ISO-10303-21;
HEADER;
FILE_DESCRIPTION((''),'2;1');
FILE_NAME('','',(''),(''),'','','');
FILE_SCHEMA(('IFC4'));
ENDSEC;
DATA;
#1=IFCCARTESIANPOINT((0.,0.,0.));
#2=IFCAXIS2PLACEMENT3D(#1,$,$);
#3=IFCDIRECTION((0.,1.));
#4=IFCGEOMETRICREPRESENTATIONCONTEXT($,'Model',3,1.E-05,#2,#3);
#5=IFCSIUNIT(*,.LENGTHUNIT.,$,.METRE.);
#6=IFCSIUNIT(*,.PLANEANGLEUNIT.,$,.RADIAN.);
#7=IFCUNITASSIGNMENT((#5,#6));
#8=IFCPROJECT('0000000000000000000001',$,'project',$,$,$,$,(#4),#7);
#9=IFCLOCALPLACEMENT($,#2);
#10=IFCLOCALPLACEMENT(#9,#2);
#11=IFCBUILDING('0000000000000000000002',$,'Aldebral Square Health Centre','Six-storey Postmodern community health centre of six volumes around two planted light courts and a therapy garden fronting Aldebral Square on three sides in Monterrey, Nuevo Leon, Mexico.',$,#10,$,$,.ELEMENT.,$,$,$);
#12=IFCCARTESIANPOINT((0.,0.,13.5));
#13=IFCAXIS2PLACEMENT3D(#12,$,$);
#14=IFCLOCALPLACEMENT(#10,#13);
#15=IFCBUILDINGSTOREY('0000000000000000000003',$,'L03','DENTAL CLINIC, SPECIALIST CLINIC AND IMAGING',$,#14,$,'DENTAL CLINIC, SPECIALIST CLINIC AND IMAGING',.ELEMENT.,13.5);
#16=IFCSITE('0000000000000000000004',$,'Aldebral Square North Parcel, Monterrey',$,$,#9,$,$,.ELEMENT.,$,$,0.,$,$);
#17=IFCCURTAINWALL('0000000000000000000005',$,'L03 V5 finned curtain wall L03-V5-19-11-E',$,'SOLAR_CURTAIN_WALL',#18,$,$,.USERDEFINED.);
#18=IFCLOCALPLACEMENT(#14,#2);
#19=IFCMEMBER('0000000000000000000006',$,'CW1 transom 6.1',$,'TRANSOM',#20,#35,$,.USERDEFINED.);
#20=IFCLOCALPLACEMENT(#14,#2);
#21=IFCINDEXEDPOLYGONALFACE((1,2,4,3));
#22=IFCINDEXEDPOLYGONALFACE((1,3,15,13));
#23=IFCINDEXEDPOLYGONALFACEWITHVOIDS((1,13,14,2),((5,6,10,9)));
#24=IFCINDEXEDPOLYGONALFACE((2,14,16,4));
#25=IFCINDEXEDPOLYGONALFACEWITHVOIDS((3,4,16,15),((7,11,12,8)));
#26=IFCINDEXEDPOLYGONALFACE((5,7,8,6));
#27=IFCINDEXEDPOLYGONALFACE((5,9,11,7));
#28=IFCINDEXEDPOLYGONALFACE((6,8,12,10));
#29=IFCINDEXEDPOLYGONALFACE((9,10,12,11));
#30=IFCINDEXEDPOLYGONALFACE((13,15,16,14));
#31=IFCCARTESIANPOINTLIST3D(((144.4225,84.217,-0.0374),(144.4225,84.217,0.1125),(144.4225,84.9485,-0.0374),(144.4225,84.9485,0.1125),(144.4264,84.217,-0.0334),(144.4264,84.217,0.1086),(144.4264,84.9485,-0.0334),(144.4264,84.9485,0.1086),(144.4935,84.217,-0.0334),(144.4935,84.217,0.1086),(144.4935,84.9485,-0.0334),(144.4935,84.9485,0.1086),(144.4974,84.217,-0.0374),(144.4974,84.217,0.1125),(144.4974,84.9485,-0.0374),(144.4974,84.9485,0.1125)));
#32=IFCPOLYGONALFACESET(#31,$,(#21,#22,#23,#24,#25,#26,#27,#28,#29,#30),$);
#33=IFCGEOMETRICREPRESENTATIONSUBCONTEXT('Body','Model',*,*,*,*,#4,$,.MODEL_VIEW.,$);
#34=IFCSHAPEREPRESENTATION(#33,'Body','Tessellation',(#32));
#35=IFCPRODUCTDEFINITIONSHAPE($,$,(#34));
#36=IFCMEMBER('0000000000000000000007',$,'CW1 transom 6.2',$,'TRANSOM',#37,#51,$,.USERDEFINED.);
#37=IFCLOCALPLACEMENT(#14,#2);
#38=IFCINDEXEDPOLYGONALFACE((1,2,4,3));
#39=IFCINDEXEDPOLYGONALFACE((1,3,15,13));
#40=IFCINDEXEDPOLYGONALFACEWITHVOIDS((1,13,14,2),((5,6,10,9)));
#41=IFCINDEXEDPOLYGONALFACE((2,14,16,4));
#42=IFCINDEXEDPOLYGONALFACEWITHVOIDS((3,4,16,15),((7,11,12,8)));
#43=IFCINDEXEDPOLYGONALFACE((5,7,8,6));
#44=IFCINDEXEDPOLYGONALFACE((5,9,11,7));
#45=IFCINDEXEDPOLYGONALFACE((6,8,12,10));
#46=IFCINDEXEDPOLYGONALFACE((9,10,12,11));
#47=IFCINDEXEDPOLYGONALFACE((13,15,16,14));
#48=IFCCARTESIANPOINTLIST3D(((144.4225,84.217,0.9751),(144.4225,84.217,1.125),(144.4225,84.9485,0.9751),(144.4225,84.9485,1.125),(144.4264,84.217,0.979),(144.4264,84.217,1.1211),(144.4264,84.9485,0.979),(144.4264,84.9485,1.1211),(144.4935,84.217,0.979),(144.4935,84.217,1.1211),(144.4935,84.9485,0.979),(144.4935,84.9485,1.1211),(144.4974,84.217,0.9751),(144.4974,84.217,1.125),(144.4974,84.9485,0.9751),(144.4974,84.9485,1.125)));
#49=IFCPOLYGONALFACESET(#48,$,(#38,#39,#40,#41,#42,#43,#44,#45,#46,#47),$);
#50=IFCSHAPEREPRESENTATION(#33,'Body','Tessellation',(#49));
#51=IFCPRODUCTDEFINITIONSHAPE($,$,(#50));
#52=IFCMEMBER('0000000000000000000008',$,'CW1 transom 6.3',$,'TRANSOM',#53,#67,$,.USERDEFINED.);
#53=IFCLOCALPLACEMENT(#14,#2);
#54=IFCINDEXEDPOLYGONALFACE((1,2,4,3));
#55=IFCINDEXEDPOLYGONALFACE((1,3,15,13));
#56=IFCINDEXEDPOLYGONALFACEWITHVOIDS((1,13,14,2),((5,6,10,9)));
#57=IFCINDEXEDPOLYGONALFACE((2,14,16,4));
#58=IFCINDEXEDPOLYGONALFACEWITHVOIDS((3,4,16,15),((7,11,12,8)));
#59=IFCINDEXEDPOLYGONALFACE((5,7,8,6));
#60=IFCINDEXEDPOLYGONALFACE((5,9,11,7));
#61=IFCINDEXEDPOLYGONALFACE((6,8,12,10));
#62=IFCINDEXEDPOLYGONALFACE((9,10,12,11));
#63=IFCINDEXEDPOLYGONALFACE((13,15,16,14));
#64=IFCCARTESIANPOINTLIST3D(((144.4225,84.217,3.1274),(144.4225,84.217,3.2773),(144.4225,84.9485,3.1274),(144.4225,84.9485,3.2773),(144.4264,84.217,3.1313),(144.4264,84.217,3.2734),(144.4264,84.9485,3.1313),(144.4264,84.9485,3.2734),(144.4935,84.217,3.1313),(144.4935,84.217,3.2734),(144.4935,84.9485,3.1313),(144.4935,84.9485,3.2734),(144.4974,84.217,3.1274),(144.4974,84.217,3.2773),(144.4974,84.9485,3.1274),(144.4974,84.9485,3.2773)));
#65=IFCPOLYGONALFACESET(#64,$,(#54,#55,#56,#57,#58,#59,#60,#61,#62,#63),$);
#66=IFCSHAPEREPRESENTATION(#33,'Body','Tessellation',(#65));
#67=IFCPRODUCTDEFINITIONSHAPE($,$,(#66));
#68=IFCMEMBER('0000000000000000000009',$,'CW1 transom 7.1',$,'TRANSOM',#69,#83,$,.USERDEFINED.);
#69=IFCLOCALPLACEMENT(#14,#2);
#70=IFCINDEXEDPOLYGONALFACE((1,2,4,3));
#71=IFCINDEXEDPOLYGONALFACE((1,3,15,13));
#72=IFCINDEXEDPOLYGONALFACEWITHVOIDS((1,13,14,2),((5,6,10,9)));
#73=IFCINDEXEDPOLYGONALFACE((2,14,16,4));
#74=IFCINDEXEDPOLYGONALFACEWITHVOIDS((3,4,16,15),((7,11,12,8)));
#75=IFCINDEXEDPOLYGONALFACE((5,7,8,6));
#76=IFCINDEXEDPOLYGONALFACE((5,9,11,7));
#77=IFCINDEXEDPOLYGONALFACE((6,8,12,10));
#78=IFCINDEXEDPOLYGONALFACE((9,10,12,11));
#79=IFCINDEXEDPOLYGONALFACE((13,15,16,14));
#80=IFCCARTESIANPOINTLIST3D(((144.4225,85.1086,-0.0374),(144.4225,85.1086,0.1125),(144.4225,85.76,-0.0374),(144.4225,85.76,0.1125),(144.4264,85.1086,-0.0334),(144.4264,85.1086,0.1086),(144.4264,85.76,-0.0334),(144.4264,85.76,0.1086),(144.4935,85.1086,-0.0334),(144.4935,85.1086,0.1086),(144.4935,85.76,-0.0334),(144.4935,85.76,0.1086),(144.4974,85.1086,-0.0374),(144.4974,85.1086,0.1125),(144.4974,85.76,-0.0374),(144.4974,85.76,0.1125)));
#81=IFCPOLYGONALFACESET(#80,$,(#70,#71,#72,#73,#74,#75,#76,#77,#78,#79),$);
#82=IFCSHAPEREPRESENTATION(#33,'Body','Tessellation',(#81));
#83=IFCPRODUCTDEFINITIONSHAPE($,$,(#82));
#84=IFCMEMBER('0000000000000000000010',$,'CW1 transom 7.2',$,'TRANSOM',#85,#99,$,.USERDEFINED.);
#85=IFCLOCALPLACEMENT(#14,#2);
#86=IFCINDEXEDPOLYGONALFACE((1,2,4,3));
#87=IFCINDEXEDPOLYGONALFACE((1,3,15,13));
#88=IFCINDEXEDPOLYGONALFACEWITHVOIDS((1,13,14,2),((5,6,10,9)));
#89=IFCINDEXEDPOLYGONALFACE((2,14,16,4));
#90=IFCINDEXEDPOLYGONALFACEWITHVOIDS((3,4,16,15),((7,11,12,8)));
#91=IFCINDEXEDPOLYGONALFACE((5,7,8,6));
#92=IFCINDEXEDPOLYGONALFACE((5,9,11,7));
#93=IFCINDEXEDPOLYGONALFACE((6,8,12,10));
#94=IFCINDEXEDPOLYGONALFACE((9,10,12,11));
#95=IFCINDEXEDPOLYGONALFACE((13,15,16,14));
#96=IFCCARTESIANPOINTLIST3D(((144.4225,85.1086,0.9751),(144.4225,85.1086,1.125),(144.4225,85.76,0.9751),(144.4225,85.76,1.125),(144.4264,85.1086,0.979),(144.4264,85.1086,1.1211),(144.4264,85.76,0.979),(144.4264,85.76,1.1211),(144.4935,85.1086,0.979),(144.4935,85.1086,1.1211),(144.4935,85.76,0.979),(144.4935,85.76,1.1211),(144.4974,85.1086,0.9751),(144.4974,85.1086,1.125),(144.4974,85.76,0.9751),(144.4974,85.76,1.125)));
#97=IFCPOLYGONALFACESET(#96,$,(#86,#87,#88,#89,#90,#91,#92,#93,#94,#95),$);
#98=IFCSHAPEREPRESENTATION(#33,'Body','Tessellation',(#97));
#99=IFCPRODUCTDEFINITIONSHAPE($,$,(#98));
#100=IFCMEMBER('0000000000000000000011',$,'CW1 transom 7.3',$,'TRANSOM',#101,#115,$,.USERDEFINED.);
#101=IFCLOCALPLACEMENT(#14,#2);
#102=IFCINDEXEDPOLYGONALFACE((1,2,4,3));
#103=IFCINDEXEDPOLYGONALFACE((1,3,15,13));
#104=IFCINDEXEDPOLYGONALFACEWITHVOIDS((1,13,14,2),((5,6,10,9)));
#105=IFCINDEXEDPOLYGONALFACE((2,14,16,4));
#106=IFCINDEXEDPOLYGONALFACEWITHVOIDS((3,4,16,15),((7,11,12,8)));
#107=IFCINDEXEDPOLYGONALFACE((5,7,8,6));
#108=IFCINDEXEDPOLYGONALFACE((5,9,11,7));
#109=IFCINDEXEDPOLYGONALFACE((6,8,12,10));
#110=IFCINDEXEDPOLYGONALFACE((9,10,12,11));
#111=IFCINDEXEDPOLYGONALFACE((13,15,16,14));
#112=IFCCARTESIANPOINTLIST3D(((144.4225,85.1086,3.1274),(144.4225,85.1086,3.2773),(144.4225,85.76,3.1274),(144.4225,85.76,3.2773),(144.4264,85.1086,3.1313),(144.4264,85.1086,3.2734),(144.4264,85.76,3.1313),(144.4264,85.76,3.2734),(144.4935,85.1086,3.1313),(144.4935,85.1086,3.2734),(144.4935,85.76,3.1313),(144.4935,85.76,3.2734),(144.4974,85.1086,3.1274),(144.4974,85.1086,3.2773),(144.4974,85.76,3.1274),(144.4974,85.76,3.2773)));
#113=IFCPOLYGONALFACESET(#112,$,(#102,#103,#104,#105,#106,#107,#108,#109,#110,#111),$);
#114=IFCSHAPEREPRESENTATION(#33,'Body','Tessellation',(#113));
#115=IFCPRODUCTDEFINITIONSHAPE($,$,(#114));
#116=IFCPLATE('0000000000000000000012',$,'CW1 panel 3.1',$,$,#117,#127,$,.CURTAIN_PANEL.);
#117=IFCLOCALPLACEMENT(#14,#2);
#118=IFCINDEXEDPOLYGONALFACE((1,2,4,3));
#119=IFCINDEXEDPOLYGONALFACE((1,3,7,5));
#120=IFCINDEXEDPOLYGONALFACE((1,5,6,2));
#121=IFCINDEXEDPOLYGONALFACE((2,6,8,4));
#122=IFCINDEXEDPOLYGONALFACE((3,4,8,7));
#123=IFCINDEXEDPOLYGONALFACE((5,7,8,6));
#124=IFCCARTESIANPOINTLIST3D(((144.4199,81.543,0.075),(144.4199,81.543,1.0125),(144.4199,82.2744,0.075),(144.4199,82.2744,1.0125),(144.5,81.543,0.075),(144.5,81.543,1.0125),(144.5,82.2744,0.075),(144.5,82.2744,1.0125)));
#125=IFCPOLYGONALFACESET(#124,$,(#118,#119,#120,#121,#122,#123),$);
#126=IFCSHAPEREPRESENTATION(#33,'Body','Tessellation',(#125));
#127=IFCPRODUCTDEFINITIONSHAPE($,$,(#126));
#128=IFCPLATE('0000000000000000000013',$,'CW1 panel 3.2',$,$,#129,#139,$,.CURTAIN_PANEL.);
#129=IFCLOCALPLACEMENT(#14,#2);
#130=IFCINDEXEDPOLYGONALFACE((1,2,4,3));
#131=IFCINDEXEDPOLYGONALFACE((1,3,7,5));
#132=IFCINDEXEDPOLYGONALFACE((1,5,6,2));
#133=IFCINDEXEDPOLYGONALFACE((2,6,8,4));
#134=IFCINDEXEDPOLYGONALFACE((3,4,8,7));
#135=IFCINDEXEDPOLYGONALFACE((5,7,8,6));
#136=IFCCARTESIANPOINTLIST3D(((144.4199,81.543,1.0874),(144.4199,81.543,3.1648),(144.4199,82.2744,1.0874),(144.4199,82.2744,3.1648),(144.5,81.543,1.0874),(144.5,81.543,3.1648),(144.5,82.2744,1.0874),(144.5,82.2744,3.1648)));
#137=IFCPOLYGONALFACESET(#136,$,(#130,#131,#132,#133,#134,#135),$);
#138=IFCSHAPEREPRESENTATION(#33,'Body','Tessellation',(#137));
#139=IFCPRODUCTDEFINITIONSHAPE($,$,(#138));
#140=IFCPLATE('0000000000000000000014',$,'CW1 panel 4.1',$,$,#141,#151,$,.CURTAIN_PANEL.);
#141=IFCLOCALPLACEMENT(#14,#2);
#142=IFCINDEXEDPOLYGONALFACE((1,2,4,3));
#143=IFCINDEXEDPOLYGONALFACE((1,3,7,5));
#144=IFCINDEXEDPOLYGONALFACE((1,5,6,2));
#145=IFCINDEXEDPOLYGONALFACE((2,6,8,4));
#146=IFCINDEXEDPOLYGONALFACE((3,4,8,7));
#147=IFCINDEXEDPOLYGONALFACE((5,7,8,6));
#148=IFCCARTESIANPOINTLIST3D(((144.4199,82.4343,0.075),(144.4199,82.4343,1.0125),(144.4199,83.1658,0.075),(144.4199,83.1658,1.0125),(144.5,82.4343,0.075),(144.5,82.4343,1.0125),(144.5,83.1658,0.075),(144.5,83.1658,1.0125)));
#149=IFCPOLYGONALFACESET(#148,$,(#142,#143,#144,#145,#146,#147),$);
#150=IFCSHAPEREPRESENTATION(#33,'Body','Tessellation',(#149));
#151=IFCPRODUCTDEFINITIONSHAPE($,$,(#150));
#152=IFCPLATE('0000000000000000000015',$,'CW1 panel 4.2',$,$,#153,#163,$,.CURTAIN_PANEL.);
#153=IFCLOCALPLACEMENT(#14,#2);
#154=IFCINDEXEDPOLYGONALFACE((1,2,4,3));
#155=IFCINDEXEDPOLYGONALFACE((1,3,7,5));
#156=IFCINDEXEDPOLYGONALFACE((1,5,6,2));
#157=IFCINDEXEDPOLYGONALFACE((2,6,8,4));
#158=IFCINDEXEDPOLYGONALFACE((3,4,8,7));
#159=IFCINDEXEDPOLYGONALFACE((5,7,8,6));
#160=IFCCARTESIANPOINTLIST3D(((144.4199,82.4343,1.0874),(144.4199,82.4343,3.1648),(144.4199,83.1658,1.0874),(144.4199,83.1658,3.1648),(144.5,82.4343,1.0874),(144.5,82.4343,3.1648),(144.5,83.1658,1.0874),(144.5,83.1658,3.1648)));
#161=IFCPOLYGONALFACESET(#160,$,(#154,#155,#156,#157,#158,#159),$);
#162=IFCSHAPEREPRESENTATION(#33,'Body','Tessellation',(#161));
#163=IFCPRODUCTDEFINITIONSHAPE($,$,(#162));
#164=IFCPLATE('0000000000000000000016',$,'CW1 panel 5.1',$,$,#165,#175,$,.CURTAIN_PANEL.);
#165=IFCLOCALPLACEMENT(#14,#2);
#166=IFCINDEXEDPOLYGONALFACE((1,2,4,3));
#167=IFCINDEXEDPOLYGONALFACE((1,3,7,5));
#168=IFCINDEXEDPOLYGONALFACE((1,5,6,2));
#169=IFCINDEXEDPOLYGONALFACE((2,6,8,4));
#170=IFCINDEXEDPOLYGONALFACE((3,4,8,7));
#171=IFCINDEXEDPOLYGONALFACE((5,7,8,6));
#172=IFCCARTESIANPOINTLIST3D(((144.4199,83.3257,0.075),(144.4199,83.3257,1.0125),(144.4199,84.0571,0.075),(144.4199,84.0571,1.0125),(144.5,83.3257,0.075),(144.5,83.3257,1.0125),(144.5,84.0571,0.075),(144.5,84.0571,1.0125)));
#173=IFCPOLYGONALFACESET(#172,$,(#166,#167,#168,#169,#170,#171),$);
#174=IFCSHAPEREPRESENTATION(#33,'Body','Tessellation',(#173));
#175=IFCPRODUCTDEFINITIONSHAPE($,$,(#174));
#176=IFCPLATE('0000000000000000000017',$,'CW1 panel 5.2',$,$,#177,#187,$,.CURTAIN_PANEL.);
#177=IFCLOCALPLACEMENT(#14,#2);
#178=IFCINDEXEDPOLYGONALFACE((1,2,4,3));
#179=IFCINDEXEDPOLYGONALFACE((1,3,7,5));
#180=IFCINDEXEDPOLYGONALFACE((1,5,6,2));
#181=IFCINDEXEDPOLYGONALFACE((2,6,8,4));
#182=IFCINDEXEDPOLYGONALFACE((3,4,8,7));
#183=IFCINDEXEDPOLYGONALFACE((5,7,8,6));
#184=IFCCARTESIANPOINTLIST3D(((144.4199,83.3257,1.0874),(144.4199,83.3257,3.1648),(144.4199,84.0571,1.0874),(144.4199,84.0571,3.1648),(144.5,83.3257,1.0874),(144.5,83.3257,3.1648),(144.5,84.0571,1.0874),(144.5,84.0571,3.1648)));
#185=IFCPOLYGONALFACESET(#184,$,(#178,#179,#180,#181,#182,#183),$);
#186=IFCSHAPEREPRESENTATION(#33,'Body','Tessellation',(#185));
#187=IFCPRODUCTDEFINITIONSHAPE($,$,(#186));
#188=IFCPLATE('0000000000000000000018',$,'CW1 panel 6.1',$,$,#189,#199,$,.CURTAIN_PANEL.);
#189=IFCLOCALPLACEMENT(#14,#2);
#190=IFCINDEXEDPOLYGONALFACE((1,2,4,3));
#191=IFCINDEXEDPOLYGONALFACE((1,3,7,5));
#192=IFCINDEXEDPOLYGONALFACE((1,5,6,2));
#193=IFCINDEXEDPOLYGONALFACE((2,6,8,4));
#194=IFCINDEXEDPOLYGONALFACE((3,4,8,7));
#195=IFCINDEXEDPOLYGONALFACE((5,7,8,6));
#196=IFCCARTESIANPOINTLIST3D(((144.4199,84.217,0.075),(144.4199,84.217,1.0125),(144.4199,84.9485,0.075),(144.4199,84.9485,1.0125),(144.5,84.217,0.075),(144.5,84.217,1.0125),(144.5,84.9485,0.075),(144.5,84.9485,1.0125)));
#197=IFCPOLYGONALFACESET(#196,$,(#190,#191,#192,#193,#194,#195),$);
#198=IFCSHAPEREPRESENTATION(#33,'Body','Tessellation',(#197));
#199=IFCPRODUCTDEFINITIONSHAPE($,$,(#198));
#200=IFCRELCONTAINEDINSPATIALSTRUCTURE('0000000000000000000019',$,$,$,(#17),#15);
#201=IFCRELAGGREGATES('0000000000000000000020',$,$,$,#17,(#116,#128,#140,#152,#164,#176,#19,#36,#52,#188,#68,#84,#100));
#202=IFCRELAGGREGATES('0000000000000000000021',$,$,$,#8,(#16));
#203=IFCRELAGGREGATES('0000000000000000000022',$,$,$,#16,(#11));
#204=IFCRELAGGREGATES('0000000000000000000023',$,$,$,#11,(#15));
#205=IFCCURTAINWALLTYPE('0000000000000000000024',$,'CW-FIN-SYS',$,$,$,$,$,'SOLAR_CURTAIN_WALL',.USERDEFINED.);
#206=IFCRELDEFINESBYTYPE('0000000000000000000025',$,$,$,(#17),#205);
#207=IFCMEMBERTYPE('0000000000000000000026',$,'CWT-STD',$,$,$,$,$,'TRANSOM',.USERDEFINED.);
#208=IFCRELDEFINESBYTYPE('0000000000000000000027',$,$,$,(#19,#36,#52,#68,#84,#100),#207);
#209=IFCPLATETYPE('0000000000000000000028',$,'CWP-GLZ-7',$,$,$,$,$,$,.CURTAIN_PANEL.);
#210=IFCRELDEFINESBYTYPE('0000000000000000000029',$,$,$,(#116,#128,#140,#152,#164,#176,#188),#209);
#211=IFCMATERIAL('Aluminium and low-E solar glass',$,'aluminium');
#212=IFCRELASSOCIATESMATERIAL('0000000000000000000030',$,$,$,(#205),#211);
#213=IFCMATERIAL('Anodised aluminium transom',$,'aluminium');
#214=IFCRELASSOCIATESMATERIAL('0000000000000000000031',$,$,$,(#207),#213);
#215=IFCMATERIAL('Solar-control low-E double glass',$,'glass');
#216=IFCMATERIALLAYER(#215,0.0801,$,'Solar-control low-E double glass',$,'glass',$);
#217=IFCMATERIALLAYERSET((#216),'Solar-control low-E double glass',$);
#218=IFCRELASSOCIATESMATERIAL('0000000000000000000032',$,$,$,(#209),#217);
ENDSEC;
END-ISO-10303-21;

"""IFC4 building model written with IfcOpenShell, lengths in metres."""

from ifc_helpers import new_model, si_unit, direction, frame, origin, origin_2d, place, context, subcontext, project, spatial, rectangle, hollow_rectangle, extrude, material, layer, layer_set, material_profile, profile_set, type_object, element, aggregate, save


model = new_model("IFC4")

# Units and contexts
model_context = context("Model", 3, precision=1e-05, world=origin(), true_north=direction((0.0, 1.0)))
body_context = subcontext(model_context, "Body", "Model", "MODEL_VIEW")
ifc_project = project(units=[si_unit("LENGTHUNIT", "METRE"), si_unit("PLANEANGLEUNIT", "RADIAN")], contexts=[model_context])

# Site, building, storey
site_placement = place(None, origin())
site = spatial("IfcSite", under=ifc_project, at=site_placement, Name="Aldebral Square North Parcel, Monterrey", CompositionType="ELEMENT", RefElevation=0.0)
building_placement = place(site_placement, origin())
building = spatial("IfcBuilding", under=site, at=building_placement, Name="Aldebral Square Health Centre", Description="Six-storey Postmodern community health centre of six volumes around two planted light courts and a therapy garden fronting Aldebral Square on three sides in Monterrey, Nuevo Leon, Mexico.", CompositionType="ELEMENT")
storey_placement = place(building_placement, frame((0.0, 0.0, 13.5)))
storey = spatial("IfcBuildingStorey", under=building, at=storey_placement, Name="L03", Description="DENTAL CLINIC, SPECIALIST CLINIC AND IMAGING", LongName="DENTAL CLINIC, SPECIALIST CLINIC AND IMAGING", CompositionType="ELEMENT", Elevation=13.5)

# Curtain wall, members, plates
ifc_material_1 = material(Name="Aluminium and low-E solar glass", Category="aluminium")
curtain_wall_type = type_object("IfcCurtainWallType", Name="CW-FIN-SYS", ElementType="SOLAR_CURTAIN_WALL", PredefinedType="USERDEFINED", material=ifc_material_1)
curtain_wall_placement = place(storey_placement, origin())
curtain_wall = element("IfcCurtainWall", 1, at=curtain_wall_placement, inside=storey, type_object=curtain_wall_type, Name="L03 V5 finned curtain wall L03-V5-19-11-E", ObjectType="SOLAR_CURTAIN_WALL", PredefinedType="USERDEFINED")
ifc_material_2 = material(Name="Anodised aluminium transom", Category="aluminium")
ifc_material_profile_1 = material_profile(ifc_material_2, hollow_rectangle(XDim=0.075, YDim=0.1499, WallThickness=0.0039, at=origin_2d()), Name="CWT 75x150x4")
ifc_profile_set_1 = profile_set([ifc_material_profile_1], Name="Anodised aluminium transom")
member_type_1 = type_object("IfcMemberType", Name="CWT-STD", ElementType="TRANSOM", PredefinedType="USERDEFINED", material=ifc_profile_set_1)
member_1_placement = place(storey_placement, frame((144.46, 84.217, 0.0376), z_axis=(0.0, 1.0, 0.0), x_axis=(-1.0, 0.0, 0.0)))
member_1 = element("IfcMember", 2, at=member_1_placement, type_object=member_type_1, Name="CW1 transom 6.1", ObjectType="TRANSOM", PredefinedType="USERDEFINED", context=body_context, shape_type="SweptSolid", body=[
    extrude(hollow_rectangle(XDim=0.075, YDim=0.1499, WallThickness=0.0039, at=origin_2d()), origin(), (0.0, 0.0, 1.0), 0.7314),
])
member_2_placement = place(storey_placement, frame((144.46, 84.217, 1.05), z_axis=(0.0, 1.0, 0.0), x_axis=(-1.0, 0.0, 0.0)))
member_2 = element("IfcMember", 3, at=member_2_placement, type_object=member_type_1, Name="CW1 transom 6.2", ObjectType="TRANSOM", PredefinedType="USERDEFINED", context=body_context, shape_type="SweptSolid", body=[
    extrude(hollow_rectangle(XDim=0.075, YDim=0.1499, WallThickness=0.0039, at=origin_2d()), origin(), (0.0, 0.0, 1.0), 0.7314),
])
member_3_placement = place(storey_placement, frame((144.46, 84.217, 3.2024), z_axis=(0.0, 1.0, 0.0), x_axis=(-1.0, 0.0, 0.0)))
member_3 = element("IfcMember", 4, at=member_3_placement, type_object=member_type_1, Name="CW1 transom 6.3", ObjectType="TRANSOM", PredefinedType="USERDEFINED", context=body_context, shape_type="SweptSolid", body=[
    extrude(hollow_rectangle(XDim=0.075, YDim=0.1499, WallThickness=0.0039, at=origin_2d()), origin(), (0.0, 0.0, 1.0), 0.7314),
])
member_4_placement = place(storey_placement, frame((144.46, 85.1086, 0.0376), z_axis=(0.0, 1.0, 0.0), x_axis=(-1.0, 0.0, 0.0)))
member_4 = element("IfcMember", 5, at=member_4_placement, type_object=member_type_1, Name="CW1 transom 7.1", ObjectType="TRANSOM", PredefinedType="USERDEFINED", context=body_context, shape_type="SweptSolid", body=[
    extrude(hollow_rectangle(XDim=0.075, YDim=0.1499, WallThickness=0.0039, at=origin_2d()), origin(), (0.0, 0.0, 1.0), 0.6514),
])
member_5_placement = place(storey_placement, frame((144.46, 85.1086, 1.05), z_axis=(0.0, 1.0, 0.0), x_axis=(-1.0, 0.0, 0.0)))
member_5 = element("IfcMember", 6, at=member_5_placement, type_object=member_type_1, Name="CW1 transom 7.2", ObjectType="TRANSOM", PredefinedType="USERDEFINED", context=body_context, shape_type="SweptSolid", body=[
    extrude(hollow_rectangle(XDim=0.075, YDim=0.1499, WallThickness=0.0039, at=origin_2d()), origin(), (0.0, 0.0, 1.0), 0.6514),
])
member_6_placement = place(storey_placement, frame((144.46, 85.1086, 3.2024), z_axis=(0.0, 1.0, 0.0), x_axis=(-1.0, 0.0, 0.0)))
member_6 = element("IfcMember", 7, at=member_6_placement, type_object=member_type_1, Name="CW1 transom 7.3", ObjectType="TRANSOM", PredefinedType="USERDEFINED", context=body_context, shape_type="SweptSolid", body=[
    extrude(hollow_rectangle(XDim=0.075, YDim=0.1499, WallThickness=0.0039, at=origin_2d()), origin(), (0.0, 0.0, 1.0), 0.6514),
])
ifc_material_3 = material(Name="Solar-control low-E double glass", Category="glass")
ifc_layer = layer(ifc_material_3, 0.0801, Name="Solar-control low-E double glass", Category="glass")
ifc_layer_set = layer_set([ifc_layer], Name="Solar-control low-E double glass")
plate_type = type_object("IfcPlateType", Name="CWP-GLZ-7", PredefinedType="CURTAIN_PANEL", material=ifc_layer_set)
plate_1_placement = place(storey_placement, frame((144.46, 81.9087, 0.075), z_axis=(0.0, 0.0, 1.0), x_axis=(0.0, 1.0, 0.0)))
plate_1 = element("IfcPlate", 8, at=plate_1_placement, type_object=plate_type, Name="CW1 panel 3.1", PredefinedType="CURTAIN_PANEL", context=body_context, shape_type="SweptSolid", body=[
    extrude(rectangle(XDim=0.7314, YDim=0.0801, at=origin_2d()), origin(), (0.0, 0.0, 1.0), 0.9375),
])
plate_2_placement = place(storey_placement, frame((144.46, 81.9087, 1.0874), z_axis=(0.0, 0.0, 1.0), x_axis=(0.0, 1.0, 0.0)))
plate_2 = element("IfcPlate", 9, at=plate_2_placement, type_object=plate_type, Name="CW1 panel 3.2", PredefinedType="CURTAIN_PANEL", context=body_context, shape_type="SweptSolid", body=[
    extrude(rectangle(XDim=0.7314, YDim=0.0801, at=origin_2d()), origin(), (0.0, 0.0, 1.0), 2.0774),
])
plate_3_placement = place(storey_placement, frame((144.46, 82.8, 0.075), z_axis=(0.0, 0.0, 1.0), x_axis=(0.0, 1.0, 0.0)))
plate_3 = element("IfcPlate", 10, at=plate_3_placement, type_object=plate_type, Name="CW1 panel 4.1", PredefinedType="CURTAIN_PANEL", context=body_context, shape_type="SweptSolid", body=[
    extrude(rectangle(XDim=0.7314, YDim=0.0801, at=origin_2d()), origin(), (0.0, 0.0, 1.0), 0.9375),
])
plate_4_placement = place(storey_placement, frame((144.46, 82.8, 1.0874), z_axis=(0.0, 0.0, 1.0), x_axis=(0.0, 1.0, 0.0)))
plate_4 = element("IfcPlate", 11, at=plate_4_placement, type_object=plate_type, Name="CW1 panel 4.2", PredefinedType="CURTAIN_PANEL", context=body_context, shape_type="SweptSolid", body=[
    extrude(rectangle(XDim=0.7314, YDim=0.0801, at=origin_2d()), origin(), (0.0, 0.0, 1.0), 2.0774),
])
plate_5_placement = place(storey_placement, frame((144.46, 83.6914, 0.075), z_axis=(0.0, 0.0, 1.0), x_axis=(0.0, 1.0, 0.0)))
plate_5 = element("IfcPlate", 12, at=plate_5_placement, type_object=plate_type, Name="CW1 panel 5.1", PredefinedType="CURTAIN_PANEL", context=body_context, shape_type="SweptSolid", body=[
    extrude(rectangle(XDim=0.7314, YDim=0.0801, at=origin_2d()), origin(), (0.0, 0.0, 1.0), 0.9375),
])
plate_6_placement = place(storey_placement, frame((144.46, 83.6914, 1.0874), z_axis=(0.0, 0.0, 1.0), x_axis=(0.0, 1.0, 0.0)))
plate_6 = element("IfcPlate", 13, at=plate_6_placement, type_object=plate_type, Name="CW1 panel 5.2", PredefinedType="CURTAIN_PANEL", context=body_context, shape_type="SweptSolid", body=[
    extrude(rectangle(XDim=0.7314, YDim=0.0801, at=origin_2d()), origin(), (0.0, 0.0, 1.0), 2.0774),
])
plate_7_placement = place(storey_placement, frame((144.46, 84.5828, 0.075), z_axis=(0.0, 0.0, 1.0), x_axis=(0.0, 1.0, 0.0)))
plate_7 = element("IfcPlate", 14, at=plate_7_placement, type_object=plate_type, Name="CW1 panel 6.1", PredefinedType="CURTAIN_PANEL", context=body_context, shape_type="SweptSolid", body=[
    extrude(rectangle(XDim=0.7314, YDim=0.0801, at=origin_2d()), origin(), (0.0, 0.0, 1.0), 0.9375),
])
aggregate(curtain_wall, [plate_1, plate_2, plate_3, plate_4, plate_5, plate_6, member_1, member_2, member_3, plate_7, member_4, member_5, member_6])

save(model, "model.ifc")
